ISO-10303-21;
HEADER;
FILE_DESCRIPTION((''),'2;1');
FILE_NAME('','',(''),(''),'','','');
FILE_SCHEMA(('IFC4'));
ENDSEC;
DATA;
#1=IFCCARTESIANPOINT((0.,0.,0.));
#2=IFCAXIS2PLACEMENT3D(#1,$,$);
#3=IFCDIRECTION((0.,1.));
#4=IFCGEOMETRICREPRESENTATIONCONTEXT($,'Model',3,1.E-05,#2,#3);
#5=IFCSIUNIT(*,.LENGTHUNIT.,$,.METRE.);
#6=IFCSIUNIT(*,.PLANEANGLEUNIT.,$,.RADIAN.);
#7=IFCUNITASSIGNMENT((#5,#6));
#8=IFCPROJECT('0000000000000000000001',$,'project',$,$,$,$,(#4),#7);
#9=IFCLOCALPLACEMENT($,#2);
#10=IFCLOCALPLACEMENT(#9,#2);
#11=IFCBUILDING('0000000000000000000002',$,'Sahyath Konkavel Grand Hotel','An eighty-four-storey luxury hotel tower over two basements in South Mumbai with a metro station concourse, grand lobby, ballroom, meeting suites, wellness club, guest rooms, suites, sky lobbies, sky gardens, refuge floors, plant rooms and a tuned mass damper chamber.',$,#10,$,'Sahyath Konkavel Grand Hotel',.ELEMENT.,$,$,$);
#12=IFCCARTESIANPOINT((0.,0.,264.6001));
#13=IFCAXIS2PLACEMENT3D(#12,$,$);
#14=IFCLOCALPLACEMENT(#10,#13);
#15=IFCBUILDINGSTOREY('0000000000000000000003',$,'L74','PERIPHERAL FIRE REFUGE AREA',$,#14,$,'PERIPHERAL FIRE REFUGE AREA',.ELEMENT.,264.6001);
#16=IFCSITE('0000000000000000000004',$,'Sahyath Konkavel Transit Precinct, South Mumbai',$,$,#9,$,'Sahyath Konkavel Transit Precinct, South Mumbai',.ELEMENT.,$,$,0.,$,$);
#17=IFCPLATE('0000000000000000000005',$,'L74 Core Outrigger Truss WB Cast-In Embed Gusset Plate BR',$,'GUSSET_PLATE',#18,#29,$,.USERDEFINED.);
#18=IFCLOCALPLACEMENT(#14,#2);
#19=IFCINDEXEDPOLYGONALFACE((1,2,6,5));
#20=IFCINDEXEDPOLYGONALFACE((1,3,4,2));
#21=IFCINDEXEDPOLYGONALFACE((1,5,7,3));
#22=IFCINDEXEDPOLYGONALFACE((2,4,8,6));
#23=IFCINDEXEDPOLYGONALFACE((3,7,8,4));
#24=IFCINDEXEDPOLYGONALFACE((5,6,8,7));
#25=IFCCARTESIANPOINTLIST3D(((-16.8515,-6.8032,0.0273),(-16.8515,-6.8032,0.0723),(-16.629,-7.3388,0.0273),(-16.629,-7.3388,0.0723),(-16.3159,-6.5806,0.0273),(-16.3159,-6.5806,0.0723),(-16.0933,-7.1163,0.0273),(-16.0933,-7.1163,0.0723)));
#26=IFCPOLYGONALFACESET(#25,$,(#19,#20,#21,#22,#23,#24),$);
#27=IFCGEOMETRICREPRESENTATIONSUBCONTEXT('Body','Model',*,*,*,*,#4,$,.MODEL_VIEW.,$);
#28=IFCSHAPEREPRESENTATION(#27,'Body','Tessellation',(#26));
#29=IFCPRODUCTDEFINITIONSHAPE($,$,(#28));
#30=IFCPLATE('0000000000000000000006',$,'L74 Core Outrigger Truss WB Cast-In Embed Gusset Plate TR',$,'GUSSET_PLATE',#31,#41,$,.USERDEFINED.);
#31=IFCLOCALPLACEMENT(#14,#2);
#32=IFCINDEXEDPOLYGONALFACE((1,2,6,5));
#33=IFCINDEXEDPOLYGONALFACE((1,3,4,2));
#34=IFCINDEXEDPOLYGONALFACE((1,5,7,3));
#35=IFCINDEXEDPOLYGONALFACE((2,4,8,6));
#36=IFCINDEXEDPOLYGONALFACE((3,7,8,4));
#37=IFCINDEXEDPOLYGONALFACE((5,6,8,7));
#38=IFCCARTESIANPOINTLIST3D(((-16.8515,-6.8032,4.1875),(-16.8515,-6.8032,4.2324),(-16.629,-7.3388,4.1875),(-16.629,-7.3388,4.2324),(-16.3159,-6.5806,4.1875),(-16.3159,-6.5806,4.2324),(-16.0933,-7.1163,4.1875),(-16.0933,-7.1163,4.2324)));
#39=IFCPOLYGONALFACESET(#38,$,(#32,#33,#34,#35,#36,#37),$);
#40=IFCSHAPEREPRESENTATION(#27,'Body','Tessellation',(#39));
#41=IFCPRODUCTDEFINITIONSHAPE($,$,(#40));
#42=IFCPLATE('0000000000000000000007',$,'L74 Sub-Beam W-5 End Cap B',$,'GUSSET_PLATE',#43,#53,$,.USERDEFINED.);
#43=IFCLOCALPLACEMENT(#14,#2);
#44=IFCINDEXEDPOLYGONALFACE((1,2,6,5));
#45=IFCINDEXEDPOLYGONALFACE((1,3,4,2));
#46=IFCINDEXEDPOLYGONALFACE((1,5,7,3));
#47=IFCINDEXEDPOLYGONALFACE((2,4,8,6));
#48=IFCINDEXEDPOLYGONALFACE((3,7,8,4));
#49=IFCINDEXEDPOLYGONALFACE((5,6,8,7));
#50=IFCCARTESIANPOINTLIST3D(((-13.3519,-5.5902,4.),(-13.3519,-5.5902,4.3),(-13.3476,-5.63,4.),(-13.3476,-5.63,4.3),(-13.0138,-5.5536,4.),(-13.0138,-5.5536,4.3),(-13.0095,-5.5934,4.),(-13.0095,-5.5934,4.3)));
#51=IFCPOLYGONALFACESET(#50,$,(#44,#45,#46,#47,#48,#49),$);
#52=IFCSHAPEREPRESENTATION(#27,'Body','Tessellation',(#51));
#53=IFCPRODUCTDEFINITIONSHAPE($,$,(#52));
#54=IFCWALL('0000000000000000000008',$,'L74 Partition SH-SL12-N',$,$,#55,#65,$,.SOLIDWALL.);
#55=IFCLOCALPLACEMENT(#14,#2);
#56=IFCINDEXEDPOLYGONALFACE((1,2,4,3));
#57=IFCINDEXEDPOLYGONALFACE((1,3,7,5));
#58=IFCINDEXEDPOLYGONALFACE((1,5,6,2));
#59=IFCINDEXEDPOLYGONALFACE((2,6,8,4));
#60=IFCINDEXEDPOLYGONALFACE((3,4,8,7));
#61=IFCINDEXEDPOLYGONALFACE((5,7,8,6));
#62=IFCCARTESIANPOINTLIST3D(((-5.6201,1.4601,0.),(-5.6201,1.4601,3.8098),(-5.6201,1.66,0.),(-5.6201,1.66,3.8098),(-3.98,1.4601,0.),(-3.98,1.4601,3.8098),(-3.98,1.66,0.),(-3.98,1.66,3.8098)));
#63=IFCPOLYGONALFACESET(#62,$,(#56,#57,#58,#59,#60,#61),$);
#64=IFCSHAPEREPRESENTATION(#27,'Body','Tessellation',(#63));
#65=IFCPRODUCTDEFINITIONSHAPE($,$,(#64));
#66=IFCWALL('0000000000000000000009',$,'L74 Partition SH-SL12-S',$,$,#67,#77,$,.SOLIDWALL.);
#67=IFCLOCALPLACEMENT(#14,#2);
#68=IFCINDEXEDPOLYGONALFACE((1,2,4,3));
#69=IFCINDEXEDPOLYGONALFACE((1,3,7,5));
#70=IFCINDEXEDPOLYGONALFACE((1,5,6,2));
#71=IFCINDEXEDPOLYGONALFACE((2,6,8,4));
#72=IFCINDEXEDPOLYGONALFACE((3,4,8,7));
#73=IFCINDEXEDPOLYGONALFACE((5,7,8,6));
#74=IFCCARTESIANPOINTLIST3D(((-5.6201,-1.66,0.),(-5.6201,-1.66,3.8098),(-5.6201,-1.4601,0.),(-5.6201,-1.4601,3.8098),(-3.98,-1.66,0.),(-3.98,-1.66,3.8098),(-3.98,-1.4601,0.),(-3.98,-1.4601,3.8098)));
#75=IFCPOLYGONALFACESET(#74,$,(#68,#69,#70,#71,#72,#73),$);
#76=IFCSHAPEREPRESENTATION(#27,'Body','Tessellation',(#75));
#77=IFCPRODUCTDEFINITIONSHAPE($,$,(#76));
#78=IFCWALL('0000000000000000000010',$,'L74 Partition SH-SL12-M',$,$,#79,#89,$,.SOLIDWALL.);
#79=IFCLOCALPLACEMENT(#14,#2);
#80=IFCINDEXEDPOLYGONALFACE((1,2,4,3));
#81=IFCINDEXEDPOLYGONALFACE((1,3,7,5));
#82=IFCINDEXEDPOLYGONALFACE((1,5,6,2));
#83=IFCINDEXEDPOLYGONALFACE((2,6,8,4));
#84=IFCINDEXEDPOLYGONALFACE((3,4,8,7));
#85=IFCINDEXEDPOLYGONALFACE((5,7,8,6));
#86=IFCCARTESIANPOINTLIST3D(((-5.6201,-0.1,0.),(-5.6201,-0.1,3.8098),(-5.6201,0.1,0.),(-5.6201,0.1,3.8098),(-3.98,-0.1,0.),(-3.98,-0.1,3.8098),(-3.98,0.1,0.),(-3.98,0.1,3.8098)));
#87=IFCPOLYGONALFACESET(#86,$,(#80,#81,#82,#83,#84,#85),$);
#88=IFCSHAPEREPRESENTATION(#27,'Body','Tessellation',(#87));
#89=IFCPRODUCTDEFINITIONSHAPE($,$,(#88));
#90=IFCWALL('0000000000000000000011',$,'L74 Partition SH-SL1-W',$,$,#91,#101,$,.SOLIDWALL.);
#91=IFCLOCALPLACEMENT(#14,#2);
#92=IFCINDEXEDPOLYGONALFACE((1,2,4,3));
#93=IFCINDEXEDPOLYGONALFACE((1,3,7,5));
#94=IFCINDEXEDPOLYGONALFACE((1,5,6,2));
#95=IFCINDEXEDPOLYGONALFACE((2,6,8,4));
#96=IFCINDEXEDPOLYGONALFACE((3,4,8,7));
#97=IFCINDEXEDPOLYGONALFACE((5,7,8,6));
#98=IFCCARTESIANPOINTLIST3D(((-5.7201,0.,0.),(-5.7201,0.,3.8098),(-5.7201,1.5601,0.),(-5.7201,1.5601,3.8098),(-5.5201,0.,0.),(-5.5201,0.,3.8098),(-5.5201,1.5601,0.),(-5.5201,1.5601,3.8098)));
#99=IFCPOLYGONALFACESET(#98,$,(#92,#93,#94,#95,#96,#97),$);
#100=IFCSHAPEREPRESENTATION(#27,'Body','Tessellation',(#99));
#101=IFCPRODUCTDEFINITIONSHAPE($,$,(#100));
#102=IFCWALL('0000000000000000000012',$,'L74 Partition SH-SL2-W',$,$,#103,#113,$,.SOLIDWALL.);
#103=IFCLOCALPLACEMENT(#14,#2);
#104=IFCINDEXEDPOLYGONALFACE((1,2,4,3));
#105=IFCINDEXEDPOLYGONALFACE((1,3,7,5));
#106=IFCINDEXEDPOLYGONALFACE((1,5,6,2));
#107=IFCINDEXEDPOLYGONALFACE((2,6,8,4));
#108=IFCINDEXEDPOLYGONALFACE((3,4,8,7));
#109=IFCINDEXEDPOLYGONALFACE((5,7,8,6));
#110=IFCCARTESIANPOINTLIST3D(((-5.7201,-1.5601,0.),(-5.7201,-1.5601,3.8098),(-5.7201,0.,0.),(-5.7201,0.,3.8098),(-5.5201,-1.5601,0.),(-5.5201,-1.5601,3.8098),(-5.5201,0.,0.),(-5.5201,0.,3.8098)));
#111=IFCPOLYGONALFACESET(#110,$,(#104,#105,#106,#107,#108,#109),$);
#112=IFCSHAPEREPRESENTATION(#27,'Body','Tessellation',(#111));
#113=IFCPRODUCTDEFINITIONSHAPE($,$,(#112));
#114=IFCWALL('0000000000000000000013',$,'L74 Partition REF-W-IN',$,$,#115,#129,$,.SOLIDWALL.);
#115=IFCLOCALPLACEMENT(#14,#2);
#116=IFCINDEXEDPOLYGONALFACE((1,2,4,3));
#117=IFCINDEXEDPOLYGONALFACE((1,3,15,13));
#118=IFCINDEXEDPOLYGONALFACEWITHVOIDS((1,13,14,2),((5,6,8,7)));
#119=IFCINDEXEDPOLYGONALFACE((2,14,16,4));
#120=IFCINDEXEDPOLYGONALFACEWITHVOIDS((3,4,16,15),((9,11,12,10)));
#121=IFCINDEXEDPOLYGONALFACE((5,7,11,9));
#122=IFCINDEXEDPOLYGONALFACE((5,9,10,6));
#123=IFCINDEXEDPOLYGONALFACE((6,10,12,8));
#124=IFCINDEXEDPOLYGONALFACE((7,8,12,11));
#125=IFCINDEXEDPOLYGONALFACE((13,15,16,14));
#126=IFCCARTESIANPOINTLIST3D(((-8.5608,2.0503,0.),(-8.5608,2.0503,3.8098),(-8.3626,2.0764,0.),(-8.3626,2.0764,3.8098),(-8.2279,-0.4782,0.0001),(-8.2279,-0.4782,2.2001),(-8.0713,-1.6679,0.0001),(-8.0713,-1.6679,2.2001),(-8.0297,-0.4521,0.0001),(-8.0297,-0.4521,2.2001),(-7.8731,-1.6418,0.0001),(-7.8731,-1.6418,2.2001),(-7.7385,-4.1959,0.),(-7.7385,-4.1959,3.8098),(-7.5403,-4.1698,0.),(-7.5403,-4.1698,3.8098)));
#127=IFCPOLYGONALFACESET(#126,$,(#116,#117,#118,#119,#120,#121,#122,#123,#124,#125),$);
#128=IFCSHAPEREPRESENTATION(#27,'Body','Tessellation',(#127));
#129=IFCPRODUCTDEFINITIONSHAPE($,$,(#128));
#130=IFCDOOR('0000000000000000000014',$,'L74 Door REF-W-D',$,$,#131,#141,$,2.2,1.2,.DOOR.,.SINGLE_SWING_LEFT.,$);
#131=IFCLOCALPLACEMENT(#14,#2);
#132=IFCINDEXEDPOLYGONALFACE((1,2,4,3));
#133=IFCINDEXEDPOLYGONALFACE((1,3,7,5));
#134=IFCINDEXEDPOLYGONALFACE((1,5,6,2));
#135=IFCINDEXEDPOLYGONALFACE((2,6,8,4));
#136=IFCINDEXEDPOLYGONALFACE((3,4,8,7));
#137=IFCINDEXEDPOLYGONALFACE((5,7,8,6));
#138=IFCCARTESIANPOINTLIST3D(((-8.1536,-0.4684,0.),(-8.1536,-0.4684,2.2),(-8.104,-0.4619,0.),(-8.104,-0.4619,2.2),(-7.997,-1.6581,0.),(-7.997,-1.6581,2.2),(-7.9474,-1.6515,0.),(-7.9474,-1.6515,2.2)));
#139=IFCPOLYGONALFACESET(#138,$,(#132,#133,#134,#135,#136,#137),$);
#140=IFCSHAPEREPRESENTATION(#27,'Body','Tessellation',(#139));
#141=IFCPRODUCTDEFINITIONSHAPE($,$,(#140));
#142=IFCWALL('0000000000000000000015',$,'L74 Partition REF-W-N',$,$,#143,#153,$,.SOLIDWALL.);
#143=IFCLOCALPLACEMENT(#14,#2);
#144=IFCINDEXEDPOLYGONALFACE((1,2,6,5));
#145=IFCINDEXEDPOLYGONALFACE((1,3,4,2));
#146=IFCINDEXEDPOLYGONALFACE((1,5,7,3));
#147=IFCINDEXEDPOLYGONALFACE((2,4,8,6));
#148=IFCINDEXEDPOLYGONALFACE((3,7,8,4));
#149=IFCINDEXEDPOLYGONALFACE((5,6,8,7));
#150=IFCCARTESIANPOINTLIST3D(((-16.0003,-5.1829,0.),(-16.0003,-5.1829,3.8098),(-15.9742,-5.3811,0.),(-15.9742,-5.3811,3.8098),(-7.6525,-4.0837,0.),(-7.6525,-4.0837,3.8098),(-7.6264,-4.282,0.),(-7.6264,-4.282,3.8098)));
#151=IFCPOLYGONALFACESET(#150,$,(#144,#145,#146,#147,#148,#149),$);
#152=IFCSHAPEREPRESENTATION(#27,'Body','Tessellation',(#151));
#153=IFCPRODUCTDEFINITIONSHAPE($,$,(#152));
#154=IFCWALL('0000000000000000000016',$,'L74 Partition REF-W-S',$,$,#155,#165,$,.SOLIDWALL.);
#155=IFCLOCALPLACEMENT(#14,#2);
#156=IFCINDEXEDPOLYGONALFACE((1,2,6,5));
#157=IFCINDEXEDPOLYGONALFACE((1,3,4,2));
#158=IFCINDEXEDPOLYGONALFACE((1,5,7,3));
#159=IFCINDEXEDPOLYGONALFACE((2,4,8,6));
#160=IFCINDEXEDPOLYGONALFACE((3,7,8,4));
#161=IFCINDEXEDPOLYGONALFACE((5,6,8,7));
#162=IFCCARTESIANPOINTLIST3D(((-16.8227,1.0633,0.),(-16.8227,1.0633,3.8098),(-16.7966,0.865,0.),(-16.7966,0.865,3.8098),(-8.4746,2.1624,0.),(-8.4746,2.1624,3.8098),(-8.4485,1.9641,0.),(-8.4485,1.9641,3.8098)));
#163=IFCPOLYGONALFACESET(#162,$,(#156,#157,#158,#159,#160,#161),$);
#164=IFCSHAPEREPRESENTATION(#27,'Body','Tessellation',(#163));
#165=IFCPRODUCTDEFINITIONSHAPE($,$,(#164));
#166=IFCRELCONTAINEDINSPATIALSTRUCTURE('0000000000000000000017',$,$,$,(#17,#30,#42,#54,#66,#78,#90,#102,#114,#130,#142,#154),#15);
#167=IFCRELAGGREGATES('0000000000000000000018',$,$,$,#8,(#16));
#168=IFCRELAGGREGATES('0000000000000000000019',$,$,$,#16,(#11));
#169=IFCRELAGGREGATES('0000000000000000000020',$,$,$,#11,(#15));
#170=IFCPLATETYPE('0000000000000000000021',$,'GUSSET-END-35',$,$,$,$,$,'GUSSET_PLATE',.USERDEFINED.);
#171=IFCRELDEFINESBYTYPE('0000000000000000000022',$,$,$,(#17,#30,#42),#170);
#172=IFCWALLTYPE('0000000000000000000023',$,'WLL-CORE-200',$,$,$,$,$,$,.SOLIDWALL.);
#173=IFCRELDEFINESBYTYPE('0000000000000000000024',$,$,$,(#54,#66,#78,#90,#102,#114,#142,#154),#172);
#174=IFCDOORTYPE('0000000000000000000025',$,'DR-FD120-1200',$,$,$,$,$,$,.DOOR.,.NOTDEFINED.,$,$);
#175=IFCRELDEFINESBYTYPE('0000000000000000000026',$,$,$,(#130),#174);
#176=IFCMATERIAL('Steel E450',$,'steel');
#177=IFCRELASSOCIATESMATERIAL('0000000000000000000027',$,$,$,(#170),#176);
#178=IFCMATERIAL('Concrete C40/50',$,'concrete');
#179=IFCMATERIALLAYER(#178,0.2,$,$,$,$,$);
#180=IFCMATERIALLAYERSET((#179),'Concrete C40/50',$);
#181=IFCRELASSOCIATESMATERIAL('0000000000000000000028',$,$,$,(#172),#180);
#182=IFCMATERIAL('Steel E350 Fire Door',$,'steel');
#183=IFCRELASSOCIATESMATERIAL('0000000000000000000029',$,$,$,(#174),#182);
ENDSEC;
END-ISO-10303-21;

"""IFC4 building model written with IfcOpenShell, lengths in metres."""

from ifc_helpers import new_model, si_unit, direction, frame, frame_2d, origin, origin_2d, place, context, subcontext, project, spatial, rectangle, extrude, source, transform, mapped, material, layer, layer_set, type_object, element, fill, save


model = new_model("IFC4")

# Units and contexts
model_context = context("Model", 3, precision=1e-05, world=origin(), true_north=direction((0.0, 1.0)))
body_context = subcontext(model_context, "Body", "Model", "MODEL_VIEW")
ifc_project = project(units=[si_unit("LENGTHUNIT", "METRE"), si_unit("PLANEANGLEUNIT", "RADIAN")], contexts=[model_context])

# Site, building, storey
site_placement = place(None, origin())
site = spatial("IfcSite", under=ifc_project, at=site_placement, Name="Sahyath Konkavel Transit Precinct, South Mumbai", LongName="Sahyath Konkavel Transit Precinct, South Mumbai", CompositionType="ELEMENT", RefElevation=0.0)
building_placement = place(site_placement, origin())
building = spatial("IfcBuilding", under=site, at=building_placement, Name="Sahyath Konkavel Grand Hotel", Description="An eighty-four-storey luxury hotel tower over two basements in South Mumbai with a metro station concourse, grand lobby, ballroom, meeting suites, wellness club, guest rooms, suites, sky lobbies, sky gardens, refuge floors, plant rooms and a tuned mass damper chamber.", LongName="Sahyath Konkavel Grand Hotel", CompositionType="ELEMENT")
storey_placement = place(building_placement, frame((0.0, 0.0, 264.6001)))
storey = spatial("IfcBuildingStorey", under=building, at=storey_placement, Name="L74", Description="PERIPHERAL FIRE REFUGE AREA", LongName="PERIPHERAL FIRE REFUGE AREA", CompositionType="ELEMENT", Elevation=264.6001)

# Shared definitions
ifc_material_1 = material(Name="Concrete C40/50", Category="concrete")

# Shared definitions
ifc_material_2 = material(Name="Steel E450", Category="steel")

# Plates
plate_type_1 = type_object("IfcPlateType", Name="GUSSET-END-35", ElementType="GUSSET_PLATE", PredefinedType="USERDEFINED", material=ifc_material_2)
shared_shape_1 = source(origin(), body_context, "Body", "SweptSolid", [
    extrude(rectangle(XDim=0.5801, YDim=0.5801, at=origin_2d()), origin(), (0.0, 0.0, 1.0), 0.0449),
])
for number, where, z_axis, x_axis, name in (
    (1, (-16.4724, -6.9597, 0.0273), (0.0, 0.0, 1.0), (-0.923445, -0.383731, 0.0), "L74 Core Outrigger Truss WB Cast-In Embed Gusset Plate BR"),
    (2, (-16.4724, -6.9597, 4.1875), (0.0, 0.0, 1.0), (-0.923445, -0.383731, 0.0), "L74 Core Outrigger Truss WB Cast-In Embed Gusset Plate TR"),
):
    element("IfcPlate", number, at=place(storey_placement, frame(where, z_axis=z_axis, x_axis=x_axis)), inside=storey, type_object=plate_type_1, Name=name, ObjectType="GUSSET_PLATE", PredefinedType="USERDEFINED", context=body_context, shape_type="MappedRepresentation", body=[
        mapped(shared_shape_1, transform((0.0, 0.0, 0.0), scale=1.0)),
    ])
shared_shape_2 = source(origin(), body_context, "Body", "SweptSolid", [
    extrude(rectangle(XDim=0.04, YDim=0.3401, at=origin_2d()), origin(), (0.0, 0.0, 1.0), 0.3),
])
plate_1_placement = place(storey_placement, frame((-13.1807, -5.5918, 4.0), z_axis=(0.0, 0.0, 1.0), x_axis=(0.107427, -0.994213, 0.0)))
element("IfcPlate", 3, at=plate_1_placement, inside=storey, type_object=plate_type_1, Name="L74 Sub-Beam W-5 End Cap B", ObjectType="GUSSET_PLATE", PredefinedType="USERDEFINED", context=body_context, shape_type="MappedRepresentation", body=[
    mapped(shared_shape_2, transform((0.0, 0.0, 0.0), scale=1.0)),
])

# Walls
ifc_layer = layer(ifc_material_1, 0.2)
ifc_layer_set = layer_set([ifc_layer], Name="Concrete C40/50")
wall_type = type_object("IfcWallType", Name="WLL-CORE-200", PredefinedType="SOLIDWALL", material=ifc_layer_set)
for number, where, z_axis, x_axis, name in (
    (4, (-5.6201, 1.5601, 0.0), (0.0, 0.0, 1.0), (1.0, 0.0, 0.0), "L74 Partition SH-SL12-N"),
    (5, (-5.6201, -1.5601, 0.0), (0.0, 0.0, 1.0), (1.0, 0.0, 0.0), "L74 Partition SH-SL12-S"),
    (6, (-5.6201, 0.0, 0.0), (0.0, 0.0, 1.0), (1.0, 0.0, 0.0), "L74 Partition SH-SL12-M"),
):
    element("IfcWall", number, at=place(storey_placement, frame(where, z_axis=z_axis, x_axis=x_axis)), inside=storey, type_object=wall_type, Name=name, PredefinedType="SOLIDWALL", context=body_context, shape_type="SweptSolid", body=[
        extrude(rectangle(XDim=1.6401, YDim=0.2, at=frame_2d((0.8201, 0.0))), origin(), (0.0, 0.0, 1.0), 3.8098),
    ])
for number, where, z_axis, x_axis, name in (
    (7, (-5.6201, 0.0, 0.0), (0.0, 0.0, 1.0), (0.0, 1.0, 0.0), "L74 Partition SH-SL1-W"),
    (8, (-5.6201, -1.5601, 0.0), (0.0, 0.0, 1.0), (0.0, 1.0, 0.0), "L74 Partition SH-SL2-W"),
):
    element("IfcWall", number, at=place(storey_placement, frame(where, z_axis=z_axis, x_axis=x_axis)), inside=storey, type_object=wall_type, Name=name, PredefinedType="SOLIDWALL", context=body_context, shape_type="SweptSolid", body=[
        extrude(rectangle(XDim=1.5601, YDim=0.2, at=frame_2d((0.78, 0.0))), origin(), (0.0, 0.0, 1.0), 3.8098),
    ])

# Wall, opening, door
wall_1_placement = place(storey_placement, frame((-8.4617, 2.0632, 0.0), z_axis=(0.0, 0.0, 1.0), x_axis=(0.130519, -0.991446, 0.0)))
wall_1 = element("IfcWall", 9, at=wall_1_placement, inside=storey, type_object=wall_type, Name="L74 Partition REF-W-IN", PredefinedType="SOLIDWALL", context=body_context, shape_type="SweptSolid", body=[
    extrude(rectangle(XDim=6.3, YDim=0.2, at=frame_2d((3.1499, 0.0))), origin(), (0.0, 0.0, 1.0), 3.8098),
])
opening_placement = place(wall_1_placement, frame((2.55, 0.0, 0.0)))
opening = element("IfcOpeningElement", 10, at=opening_placement, cuts=wall_1, PredefinedType="OPENING", context=body_context, shape_type="SweptSolid", body=[
    extrude(rectangle(XDim=1.2, YDim=2.2, at=frame_2d((0.6001, 1.1001))), frame((0.0, 0.1099, 0.0), z_axis=(0.0, -1.0, 0.0), x_axis=(1.0, 0.0, 0.0)), (0.0, 0.0, 1.0), 0.22),
])
ifc_material_3 = material(Name="Steel E350 Fire Door", Category="steel")
door_type = type_object("IfcDoorType", Name="DR-FD120-1200", OperationType="NOTDEFINED", PredefinedType="DOOR", material=ifc_material_3)
shared_shape_3 = source(origin(), body_context, "Body", "SweptSolid", [
    extrude(rectangle(XDim=1.2, YDim=0.05, at=origin_2d()), origin(), (0.0, 0.0, 1.0), 2.2),
])
door_placement = place(opening_placement, frame((0.6001, 0.0, 0.0)))
door = element("IfcDoor", 11, at=door_placement, inside=storey, type_object=door_type, Name="L74 Door REF-W-D", OperationType="SINGLE_SWING_LEFT", OverallHeight=2.2, OverallWidth=1.2, PredefinedType="DOOR", context=body_context, shape_type="MappedRepresentation", body=[
    mapped(shared_shape_3, transform((0.0, 0.0, 0.0), scale=1.0)),
])
fill(opening, door)

# Walls
wall_2_placement = place(storey_placement, frame((-7.6394, -4.1829, 0.0), z_axis=(0.0, 0.0, 1.0), x_axis=(-0.991443, -0.130538, 0.0)))
element("IfcWall", 12, at=wall_2_placement, inside=storey, type_object=wall_type, Name="L74 Partition REF-W-N", PredefinedType="SOLIDWALL", context=body_context, shape_type="SweptSolid", body=[
    extrude(rectangle(XDim=8.4199, YDim=0.2, at=frame_2d((4.21, 0.0))), origin(), (0.0, 0.0, 1.0), 3.8098),
])
wall_3_placement = place(storey_placement, frame((-8.4617, 2.0632, 0.0), z_axis=(0.0, 0.0, 1.0), x_axis=(-0.991444, -0.130534, 0.0)))
element("IfcWall", 13, at=wall_3_placement, inside=storey, type_object=wall_type, Name="L74 Partition REF-W-S", PredefinedType="SOLIDWALL", context=body_context, shape_type="SweptSolid", body=[
    extrude(rectangle(XDim=8.4202, YDim=0.2, at=frame_2d((4.21, 0.0))), origin(), (0.0, 0.0, 1.0), 3.8098),
])

save(model, "model.ifc")
